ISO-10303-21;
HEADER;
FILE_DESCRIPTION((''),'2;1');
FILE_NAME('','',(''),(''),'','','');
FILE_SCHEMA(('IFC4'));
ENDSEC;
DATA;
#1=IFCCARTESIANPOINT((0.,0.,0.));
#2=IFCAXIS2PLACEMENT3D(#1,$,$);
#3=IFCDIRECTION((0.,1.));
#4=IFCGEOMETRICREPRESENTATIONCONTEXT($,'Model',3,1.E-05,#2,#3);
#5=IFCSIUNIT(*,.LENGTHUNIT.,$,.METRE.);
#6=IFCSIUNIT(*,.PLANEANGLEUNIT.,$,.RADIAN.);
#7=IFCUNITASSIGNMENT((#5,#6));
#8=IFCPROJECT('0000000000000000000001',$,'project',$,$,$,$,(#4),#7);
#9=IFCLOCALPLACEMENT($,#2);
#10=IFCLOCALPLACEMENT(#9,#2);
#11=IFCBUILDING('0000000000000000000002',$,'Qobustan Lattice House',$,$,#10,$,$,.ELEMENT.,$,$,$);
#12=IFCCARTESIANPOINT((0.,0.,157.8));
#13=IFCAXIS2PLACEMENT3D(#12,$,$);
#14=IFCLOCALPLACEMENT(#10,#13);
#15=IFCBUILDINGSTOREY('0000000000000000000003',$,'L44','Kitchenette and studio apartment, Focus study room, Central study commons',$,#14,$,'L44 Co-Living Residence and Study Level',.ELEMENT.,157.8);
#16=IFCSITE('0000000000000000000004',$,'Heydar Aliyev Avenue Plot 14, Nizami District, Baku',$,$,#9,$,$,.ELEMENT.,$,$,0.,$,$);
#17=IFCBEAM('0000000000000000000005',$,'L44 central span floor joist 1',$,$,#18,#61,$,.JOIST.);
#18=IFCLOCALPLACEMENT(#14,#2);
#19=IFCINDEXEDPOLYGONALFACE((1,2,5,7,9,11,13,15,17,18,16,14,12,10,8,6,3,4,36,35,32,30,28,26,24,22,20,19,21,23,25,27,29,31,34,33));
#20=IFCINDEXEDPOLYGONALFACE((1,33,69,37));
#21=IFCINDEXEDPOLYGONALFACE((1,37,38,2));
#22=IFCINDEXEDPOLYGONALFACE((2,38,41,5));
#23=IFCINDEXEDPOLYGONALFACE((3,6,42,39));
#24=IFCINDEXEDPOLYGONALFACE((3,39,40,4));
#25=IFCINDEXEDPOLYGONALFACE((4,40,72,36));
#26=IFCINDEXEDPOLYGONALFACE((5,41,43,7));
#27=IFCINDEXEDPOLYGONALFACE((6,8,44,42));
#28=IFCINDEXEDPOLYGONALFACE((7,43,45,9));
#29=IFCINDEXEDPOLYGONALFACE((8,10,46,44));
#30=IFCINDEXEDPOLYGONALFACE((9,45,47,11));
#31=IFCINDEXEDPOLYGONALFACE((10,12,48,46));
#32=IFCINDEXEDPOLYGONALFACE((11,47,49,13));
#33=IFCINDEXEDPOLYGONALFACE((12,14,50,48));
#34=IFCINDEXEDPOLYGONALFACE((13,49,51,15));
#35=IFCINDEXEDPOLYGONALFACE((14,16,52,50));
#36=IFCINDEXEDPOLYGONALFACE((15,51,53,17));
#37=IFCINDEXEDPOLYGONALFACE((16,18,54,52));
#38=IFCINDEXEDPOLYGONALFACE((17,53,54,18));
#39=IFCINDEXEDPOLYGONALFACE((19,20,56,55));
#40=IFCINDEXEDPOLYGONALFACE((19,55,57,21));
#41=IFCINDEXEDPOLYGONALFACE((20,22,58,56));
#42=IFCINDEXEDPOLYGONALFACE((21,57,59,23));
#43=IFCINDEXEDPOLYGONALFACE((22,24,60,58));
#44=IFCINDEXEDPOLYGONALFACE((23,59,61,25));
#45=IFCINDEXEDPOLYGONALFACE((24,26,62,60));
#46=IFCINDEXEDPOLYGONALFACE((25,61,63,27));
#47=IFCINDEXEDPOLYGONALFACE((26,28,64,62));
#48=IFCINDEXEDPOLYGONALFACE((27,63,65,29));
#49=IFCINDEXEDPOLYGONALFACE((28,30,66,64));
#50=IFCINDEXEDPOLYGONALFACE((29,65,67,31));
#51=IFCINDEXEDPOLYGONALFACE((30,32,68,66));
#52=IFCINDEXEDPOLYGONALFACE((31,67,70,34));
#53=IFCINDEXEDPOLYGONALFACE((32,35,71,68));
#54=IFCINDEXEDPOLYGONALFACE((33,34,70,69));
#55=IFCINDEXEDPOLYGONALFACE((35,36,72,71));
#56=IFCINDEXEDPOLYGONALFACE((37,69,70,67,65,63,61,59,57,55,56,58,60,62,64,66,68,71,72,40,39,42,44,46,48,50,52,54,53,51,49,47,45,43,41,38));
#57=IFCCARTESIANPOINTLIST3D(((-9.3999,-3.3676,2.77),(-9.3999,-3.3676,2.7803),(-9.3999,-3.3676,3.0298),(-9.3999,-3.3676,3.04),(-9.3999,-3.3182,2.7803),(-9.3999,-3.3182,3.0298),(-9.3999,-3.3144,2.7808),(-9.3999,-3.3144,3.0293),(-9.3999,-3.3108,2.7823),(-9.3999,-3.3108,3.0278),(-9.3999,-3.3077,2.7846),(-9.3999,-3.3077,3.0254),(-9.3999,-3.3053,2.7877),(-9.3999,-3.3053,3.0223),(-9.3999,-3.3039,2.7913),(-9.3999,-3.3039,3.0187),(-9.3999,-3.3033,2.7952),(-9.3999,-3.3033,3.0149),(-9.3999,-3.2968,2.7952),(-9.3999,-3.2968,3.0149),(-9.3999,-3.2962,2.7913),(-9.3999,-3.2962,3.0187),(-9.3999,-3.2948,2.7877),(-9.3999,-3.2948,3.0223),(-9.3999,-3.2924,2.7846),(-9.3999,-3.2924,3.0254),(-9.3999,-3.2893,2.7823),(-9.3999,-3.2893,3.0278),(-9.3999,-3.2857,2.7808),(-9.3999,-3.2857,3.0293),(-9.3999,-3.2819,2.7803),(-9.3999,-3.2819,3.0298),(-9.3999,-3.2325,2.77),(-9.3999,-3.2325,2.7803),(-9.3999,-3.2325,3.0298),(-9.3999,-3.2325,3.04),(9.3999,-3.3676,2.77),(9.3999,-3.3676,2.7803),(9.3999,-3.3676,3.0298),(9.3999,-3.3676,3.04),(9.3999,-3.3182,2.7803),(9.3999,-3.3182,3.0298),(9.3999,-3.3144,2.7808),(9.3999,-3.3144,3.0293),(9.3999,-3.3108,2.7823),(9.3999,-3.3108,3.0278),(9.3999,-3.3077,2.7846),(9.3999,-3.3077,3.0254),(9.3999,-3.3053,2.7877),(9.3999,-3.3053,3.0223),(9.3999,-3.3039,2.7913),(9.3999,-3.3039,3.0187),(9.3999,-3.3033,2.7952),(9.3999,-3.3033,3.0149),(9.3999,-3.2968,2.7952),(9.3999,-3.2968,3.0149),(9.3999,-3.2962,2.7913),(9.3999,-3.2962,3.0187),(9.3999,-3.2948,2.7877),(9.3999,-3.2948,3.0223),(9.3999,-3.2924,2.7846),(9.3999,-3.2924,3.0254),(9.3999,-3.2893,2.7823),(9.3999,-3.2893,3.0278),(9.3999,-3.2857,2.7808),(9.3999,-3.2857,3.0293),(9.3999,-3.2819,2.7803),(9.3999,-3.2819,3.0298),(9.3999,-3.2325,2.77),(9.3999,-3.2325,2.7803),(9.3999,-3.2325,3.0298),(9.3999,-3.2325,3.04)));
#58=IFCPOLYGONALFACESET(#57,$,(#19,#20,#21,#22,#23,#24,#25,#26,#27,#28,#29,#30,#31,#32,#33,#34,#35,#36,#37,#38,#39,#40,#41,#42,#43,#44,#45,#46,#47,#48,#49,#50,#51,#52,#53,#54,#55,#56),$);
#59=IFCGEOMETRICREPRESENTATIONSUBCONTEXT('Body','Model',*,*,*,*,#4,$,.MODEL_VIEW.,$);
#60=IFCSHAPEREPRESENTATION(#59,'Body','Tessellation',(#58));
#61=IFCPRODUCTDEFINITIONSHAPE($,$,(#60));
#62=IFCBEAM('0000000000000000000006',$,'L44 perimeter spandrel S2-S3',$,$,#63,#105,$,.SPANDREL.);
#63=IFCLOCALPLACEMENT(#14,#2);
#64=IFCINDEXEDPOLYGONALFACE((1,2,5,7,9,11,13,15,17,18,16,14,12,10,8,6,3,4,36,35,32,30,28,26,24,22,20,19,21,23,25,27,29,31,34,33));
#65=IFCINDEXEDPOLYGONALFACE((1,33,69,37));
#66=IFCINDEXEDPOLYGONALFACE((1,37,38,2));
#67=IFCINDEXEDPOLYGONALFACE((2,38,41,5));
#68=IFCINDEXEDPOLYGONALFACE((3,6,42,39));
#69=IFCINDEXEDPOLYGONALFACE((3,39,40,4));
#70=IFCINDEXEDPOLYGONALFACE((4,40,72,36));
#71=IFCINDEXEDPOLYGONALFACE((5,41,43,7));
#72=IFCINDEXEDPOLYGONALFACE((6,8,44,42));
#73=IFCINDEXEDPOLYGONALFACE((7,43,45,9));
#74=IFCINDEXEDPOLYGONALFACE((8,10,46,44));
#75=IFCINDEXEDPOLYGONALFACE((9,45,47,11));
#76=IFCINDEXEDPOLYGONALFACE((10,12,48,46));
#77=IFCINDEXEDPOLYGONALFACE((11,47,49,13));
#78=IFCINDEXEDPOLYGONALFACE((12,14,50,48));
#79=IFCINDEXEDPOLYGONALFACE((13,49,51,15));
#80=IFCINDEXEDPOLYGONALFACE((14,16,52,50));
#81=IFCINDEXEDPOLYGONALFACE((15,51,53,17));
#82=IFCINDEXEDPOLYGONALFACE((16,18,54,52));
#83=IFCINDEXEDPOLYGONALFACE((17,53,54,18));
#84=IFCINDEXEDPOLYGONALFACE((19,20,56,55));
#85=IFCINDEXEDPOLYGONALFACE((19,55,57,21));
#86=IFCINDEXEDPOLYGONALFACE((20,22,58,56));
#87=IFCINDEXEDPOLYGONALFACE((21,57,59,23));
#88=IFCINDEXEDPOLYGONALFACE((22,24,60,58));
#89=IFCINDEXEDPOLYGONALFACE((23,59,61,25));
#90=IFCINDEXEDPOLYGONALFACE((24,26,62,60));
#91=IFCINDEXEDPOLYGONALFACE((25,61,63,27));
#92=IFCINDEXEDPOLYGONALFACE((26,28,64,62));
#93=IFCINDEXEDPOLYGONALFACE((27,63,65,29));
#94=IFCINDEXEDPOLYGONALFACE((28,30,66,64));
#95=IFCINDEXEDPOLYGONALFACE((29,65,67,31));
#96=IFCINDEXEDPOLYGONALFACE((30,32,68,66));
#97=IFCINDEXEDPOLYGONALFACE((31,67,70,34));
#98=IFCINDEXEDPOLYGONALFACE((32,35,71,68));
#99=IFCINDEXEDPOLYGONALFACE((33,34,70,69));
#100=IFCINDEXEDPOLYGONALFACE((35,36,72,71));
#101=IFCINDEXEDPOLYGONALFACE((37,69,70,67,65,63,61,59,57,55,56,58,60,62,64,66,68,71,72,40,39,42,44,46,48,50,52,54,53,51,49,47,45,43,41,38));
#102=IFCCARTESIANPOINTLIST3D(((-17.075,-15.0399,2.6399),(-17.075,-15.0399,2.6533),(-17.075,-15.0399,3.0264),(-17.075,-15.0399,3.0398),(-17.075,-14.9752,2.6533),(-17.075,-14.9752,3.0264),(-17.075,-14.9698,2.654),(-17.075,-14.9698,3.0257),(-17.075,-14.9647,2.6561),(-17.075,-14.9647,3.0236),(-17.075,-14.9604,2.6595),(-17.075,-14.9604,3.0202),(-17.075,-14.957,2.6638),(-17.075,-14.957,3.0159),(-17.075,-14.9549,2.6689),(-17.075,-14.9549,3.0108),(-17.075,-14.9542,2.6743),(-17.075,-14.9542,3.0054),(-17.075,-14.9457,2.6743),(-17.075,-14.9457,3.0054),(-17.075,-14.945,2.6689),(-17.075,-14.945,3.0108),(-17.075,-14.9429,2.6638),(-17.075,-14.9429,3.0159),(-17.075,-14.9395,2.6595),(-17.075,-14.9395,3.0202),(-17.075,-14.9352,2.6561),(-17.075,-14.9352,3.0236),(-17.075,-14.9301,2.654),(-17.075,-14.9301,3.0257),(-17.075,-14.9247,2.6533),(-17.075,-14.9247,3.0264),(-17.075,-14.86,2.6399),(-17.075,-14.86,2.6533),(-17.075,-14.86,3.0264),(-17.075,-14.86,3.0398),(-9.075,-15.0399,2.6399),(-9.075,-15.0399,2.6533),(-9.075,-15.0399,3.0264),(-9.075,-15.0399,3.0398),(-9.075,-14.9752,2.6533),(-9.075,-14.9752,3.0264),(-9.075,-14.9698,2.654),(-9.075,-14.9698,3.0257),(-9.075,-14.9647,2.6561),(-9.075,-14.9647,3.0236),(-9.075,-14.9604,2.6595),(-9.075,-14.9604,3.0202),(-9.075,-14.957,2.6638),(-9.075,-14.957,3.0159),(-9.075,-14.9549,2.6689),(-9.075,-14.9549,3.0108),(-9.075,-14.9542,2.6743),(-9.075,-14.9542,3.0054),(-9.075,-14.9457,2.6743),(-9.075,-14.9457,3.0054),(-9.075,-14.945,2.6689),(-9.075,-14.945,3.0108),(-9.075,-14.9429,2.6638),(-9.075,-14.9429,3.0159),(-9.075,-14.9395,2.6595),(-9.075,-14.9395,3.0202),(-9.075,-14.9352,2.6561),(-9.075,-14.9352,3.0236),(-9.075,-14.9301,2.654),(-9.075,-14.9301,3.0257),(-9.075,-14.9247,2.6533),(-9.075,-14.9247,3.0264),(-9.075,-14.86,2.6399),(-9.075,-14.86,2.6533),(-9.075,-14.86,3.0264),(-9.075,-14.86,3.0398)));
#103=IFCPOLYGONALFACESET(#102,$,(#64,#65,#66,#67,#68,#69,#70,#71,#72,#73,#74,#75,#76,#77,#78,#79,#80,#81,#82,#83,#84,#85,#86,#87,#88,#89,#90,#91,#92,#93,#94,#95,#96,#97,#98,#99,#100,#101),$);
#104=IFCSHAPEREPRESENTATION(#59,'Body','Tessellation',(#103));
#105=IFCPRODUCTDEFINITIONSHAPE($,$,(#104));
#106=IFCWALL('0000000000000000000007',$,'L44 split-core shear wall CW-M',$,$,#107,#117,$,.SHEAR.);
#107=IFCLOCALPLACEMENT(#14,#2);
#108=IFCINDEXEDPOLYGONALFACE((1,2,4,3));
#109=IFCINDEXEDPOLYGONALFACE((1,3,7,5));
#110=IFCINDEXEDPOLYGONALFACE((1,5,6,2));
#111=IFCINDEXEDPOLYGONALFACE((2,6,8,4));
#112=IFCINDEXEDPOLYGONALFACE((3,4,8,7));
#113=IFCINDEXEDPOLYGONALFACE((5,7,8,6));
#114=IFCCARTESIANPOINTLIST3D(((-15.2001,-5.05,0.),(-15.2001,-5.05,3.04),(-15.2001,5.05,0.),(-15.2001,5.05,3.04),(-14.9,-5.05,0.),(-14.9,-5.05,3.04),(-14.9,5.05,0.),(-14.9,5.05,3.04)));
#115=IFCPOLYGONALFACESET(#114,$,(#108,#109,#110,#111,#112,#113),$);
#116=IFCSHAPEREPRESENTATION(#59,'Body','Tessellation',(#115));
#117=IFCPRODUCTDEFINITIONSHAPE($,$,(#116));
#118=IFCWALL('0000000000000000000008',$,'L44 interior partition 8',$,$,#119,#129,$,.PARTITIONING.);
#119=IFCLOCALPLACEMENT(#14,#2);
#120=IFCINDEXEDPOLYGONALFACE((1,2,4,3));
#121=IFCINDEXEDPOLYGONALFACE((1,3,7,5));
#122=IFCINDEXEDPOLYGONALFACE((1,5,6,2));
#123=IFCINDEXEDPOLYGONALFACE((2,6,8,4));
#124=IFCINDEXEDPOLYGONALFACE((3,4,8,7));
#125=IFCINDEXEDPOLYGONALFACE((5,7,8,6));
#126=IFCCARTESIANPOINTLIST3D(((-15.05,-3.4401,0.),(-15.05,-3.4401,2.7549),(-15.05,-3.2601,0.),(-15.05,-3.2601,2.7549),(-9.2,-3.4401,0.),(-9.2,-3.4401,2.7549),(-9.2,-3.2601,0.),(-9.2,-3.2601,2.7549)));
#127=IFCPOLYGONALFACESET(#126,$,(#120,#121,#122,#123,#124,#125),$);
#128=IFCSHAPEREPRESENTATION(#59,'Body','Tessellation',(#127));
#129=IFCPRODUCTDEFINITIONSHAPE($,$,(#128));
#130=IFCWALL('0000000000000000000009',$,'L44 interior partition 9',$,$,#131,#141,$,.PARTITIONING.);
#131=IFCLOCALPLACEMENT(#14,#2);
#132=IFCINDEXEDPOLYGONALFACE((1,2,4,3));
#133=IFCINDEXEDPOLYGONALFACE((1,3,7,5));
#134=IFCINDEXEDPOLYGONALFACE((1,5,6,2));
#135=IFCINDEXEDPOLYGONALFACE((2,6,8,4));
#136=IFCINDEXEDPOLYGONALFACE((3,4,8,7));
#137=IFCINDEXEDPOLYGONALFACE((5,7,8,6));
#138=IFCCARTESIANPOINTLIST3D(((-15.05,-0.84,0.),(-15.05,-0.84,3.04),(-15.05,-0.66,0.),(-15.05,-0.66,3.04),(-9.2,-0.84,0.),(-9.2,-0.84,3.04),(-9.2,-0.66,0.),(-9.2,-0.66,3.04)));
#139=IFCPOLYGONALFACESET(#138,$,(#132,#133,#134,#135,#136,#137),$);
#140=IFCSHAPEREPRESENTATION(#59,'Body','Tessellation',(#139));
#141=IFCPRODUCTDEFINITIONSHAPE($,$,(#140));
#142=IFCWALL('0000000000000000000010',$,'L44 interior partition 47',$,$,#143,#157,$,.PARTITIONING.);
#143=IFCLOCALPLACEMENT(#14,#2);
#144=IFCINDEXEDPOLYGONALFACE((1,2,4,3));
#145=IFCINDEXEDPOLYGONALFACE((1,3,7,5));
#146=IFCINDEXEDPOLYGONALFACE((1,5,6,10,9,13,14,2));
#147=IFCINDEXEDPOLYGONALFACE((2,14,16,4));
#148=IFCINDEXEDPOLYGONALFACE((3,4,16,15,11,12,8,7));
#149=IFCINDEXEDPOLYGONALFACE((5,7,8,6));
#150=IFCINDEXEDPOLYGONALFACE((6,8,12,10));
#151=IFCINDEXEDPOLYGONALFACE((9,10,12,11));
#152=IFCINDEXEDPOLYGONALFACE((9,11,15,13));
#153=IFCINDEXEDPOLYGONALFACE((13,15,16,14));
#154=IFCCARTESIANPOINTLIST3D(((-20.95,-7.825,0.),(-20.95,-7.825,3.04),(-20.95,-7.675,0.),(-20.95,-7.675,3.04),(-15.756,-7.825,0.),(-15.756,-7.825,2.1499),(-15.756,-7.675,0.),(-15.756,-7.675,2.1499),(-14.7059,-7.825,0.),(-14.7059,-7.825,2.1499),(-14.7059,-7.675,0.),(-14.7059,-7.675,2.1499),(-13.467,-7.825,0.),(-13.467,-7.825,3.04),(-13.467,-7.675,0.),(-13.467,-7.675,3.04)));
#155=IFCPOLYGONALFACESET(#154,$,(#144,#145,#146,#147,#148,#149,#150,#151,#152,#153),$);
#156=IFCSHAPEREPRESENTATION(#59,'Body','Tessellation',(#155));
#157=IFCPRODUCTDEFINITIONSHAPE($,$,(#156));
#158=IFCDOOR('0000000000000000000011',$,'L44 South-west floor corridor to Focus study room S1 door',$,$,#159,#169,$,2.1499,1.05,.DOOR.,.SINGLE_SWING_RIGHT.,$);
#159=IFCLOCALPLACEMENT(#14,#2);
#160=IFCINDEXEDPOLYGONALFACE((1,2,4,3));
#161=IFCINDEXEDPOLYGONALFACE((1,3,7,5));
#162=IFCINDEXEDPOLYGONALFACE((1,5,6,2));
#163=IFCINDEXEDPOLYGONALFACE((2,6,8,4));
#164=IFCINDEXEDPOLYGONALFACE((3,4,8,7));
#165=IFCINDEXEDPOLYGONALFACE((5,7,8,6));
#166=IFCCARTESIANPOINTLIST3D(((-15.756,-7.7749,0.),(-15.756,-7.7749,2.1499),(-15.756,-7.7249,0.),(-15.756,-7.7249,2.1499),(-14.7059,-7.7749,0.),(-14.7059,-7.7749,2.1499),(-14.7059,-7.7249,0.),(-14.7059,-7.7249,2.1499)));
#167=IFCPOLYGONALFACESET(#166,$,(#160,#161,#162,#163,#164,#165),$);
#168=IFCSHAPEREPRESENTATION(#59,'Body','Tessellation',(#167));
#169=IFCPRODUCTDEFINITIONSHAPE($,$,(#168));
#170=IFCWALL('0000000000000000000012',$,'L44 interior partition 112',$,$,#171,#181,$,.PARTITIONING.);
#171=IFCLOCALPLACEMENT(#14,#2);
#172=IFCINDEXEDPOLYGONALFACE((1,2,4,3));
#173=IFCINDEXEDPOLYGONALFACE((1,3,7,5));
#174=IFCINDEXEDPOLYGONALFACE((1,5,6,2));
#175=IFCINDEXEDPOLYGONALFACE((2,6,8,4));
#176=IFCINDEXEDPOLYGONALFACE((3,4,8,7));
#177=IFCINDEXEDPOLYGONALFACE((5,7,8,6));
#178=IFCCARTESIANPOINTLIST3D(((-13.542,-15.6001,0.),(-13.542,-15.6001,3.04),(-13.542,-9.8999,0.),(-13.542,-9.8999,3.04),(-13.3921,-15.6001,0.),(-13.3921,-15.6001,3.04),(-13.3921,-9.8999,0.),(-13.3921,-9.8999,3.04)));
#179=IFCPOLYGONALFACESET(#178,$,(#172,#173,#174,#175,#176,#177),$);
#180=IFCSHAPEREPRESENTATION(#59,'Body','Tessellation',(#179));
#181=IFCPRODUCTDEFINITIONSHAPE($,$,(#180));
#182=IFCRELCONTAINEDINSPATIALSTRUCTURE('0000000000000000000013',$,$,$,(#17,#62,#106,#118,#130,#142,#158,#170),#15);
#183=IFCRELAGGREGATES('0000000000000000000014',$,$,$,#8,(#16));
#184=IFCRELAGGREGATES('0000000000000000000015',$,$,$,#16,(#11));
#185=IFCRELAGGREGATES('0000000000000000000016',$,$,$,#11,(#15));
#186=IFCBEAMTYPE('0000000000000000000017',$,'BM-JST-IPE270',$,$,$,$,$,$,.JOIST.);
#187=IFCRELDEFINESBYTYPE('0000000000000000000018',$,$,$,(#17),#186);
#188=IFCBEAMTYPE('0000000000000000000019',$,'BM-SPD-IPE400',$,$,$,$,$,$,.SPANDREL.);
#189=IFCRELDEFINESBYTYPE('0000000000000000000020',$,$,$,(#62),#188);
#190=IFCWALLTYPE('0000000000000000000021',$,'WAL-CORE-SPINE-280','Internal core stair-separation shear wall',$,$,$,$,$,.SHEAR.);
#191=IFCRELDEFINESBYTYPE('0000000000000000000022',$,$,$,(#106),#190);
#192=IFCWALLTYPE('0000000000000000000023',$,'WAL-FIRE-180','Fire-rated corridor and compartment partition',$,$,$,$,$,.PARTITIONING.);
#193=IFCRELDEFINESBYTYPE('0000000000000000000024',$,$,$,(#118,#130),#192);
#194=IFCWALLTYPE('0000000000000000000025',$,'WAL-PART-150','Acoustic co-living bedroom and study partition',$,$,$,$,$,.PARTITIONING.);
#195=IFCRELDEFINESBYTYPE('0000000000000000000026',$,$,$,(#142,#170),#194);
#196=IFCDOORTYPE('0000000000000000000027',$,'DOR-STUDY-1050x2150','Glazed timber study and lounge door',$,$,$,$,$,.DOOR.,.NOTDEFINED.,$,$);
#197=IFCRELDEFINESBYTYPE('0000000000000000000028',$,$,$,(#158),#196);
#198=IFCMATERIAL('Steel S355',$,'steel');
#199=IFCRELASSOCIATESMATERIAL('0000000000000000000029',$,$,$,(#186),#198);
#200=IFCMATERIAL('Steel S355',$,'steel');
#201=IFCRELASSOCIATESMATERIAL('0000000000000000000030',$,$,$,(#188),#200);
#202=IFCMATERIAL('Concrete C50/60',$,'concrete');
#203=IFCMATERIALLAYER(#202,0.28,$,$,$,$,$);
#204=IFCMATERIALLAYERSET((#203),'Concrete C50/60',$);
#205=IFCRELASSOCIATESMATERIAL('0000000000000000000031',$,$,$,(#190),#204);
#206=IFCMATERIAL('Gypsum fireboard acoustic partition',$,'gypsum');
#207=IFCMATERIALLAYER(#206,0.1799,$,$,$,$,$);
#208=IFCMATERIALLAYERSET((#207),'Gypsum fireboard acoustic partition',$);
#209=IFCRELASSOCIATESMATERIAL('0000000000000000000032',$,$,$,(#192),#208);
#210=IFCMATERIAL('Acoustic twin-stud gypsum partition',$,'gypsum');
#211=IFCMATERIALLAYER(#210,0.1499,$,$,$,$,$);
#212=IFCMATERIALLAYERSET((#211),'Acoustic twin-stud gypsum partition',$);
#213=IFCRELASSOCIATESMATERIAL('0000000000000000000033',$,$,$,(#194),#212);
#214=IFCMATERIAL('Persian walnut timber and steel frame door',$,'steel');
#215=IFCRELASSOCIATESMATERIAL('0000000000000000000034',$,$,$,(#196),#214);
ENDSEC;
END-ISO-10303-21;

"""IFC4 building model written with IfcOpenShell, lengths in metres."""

from ifc_helpers import new_model, si_unit, direction, frame, frame_2d, origin, origin_2d, place, context, subcontext, project, spatial, rectangle, i_section, extrude, material, layer, layer_set, material_profile, profile_set, type_object, element, fill, save


model = new_model("IFC4")

# Units and contexts
model_context = context("Model", 3, precision=1e-05, world=origin(), true_north=direction((0.0, 1.0)))
body_context = subcontext(model_context, "Body", "Model", "MODEL_VIEW")
ifc_project = project(units=[si_unit("LENGTHUNIT", "METRE"), si_unit("PLANEANGLEUNIT", "RADIAN")], contexts=[model_context])

# Site, building, storey
site_placement = place(None, origin())
site = spatial("IfcSite", under=ifc_project, at=site_placement, Name="Heydar Aliyev Avenue Plot 14, Nizami District, Baku", CompositionType="ELEMENT", RefElevation=0.0)
building_placement = place(site_placement, origin())
building = spatial("IfcBuilding", under=site, at=building_placement, Name="Qobustan Lattice House", CompositionType="ELEMENT")
storey_placement = place(building_placement, frame((0.0, 0.0, 157.8)))
storey = spatial("IfcBuildingStorey", under=building, at=storey_placement, Name="L44", Description="Kitchenette and studio apartment, Focus study room, Central study commons", LongName="L44 Co-Living Residence and Study Level", CompositionType="ELEMENT", Elevation=157.8)

# Beams
ifc_material_1 = material(Name="Steel S355", Category="steel")
ifc_material_profile_1 = material_profile(ifc_material_1, i_section(OverallWidth=0.135, OverallDepth=0.27, WebThickness=0.0066, FlangeThickness=0.0103, FilletRadius=0.0149, at=origin_2d()), Name="IPE270")
ifc_profile_set_1 = profile_set([ifc_material_profile_1], Name="Steel S355")
beam_type_1 = type_object("IfcBeamType", Name="BM-JST-IPE270", PredefinedType="JOIST", material=ifc_profile_set_1)
beam_1_placement = place(storey_placement, frame((-9.3999, -3.3, 2.905), z_axis=(1.0, 0.0, 0.0), x_axis=(0.0, 1.0, 0.0)))
element("IfcBeam", 1, at=beam_1_placement, inside=storey, type_object=beam_type_1, Name="L44 central span floor joist 1", PredefinedType="JOIST", context=body_context, shape_type="SweptSolid", body=[
    extrude(i_section(OverallWidth=0.135, OverallDepth=0.27, WebThickness=0.0066, FlangeThickness=0.0103, FilletRadius=0.0149, at=origin_2d()), origin(), (0.0, 0.0, 1.0), 18.7998),
])
ifc_material_2 = material(Name="Steel S355", Category="steel")
ifc_material_profile_2 = material_profile(ifc_material_2, i_section(OverallWidth=0.1799, OverallDepth=0.3999, WebThickness=0.0085, FlangeThickness=0.0134, FilletRadius=0.021, at=origin_2d()), Name="IPE400")
ifc_profile_set_2 = profile_set([ifc_material_profile_2], Name="Steel S355")
beam_type_2 = type_object("IfcBeamType", Name="BM-SPD-IPE400", PredefinedType="SPANDREL", material=ifc_profile_set_2)
beam_2_placement = place(storey_placement, frame((-17.075, -14.95, 2.8398), z_axis=(1.0, 0.0, 0.0), x_axis=(0.0, 1.0, 0.0)))
element("IfcBeam", 2, at=beam_2_placement, inside=storey, type_object=beam_type_2, Name="L44 perimeter spandrel S2-S3", PredefinedType="SPANDREL", context=body_context, shape_type="SweptSolid", body=[
    extrude(i_section(OverallWidth=0.1799, OverallDepth=0.3999, WebThickness=0.0085, FlangeThickness=0.0134, FilletRadius=0.021, at=origin_2d()), origin(), (0.0, 0.0, 1.0), 8.0),
])

# Walls
ifc_material_3 = material(Name="Concrete C50/60", Category="concrete")
ifc_layer_1 = layer(ifc_material_3, 0.28)
ifc_layer_set_1 = layer_set([ifc_layer_1], Name="Concrete C50/60")
wall_type_1 = type_object("IfcWallType", Name="WAL-CORE-SPINE-280", Description="Internal core stair-separation shear wall", PredefinedType="SHEAR", material=ifc_layer_set_1)
wall_1_placement = place(storey_placement, frame((-15.05, -5.05, 0.0), z_axis=(0.0, 0.0, 1.0), x_axis=(0.0, 1.0, 0.0)))
element("IfcWall", 3, at=wall_1_placement, inside=storey, type_object=wall_type_1, Name="L44 split-core shear wall CW-M", PredefinedType="SHEAR", context=body_context, shape_type="SweptSolid", body=[
    extrude(rectangle(XDim=10.1001, YDim=0.3, at=frame_2d((5.05, 0.0))), origin(), (0.0, 0.0, 1.0), 3.04),
])
ifc_material_4 = material(Name="Gypsum fireboard acoustic partition", Category="gypsum")
ifc_layer_2 = layer(ifc_material_4, 0.1799)
ifc_layer_set_2 = layer_set([ifc_layer_2], Name="Gypsum fireboard acoustic partition")
wall_type_2 = type_object("IfcWallType", Name="WAL-FIRE-180", Description="Fire-rated corridor and compartment partition", PredefinedType="PARTITIONING", material=ifc_layer_set_2)
wall_2_placement = place(storey_placement, frame((-15.05, -3.3501, 0.0), z_axis=(0.0, 0.0, 1.0), x_axis=(1.0, 0.0, 0.0)))
element("IfcWall", 4, at=wall_2_placement, inside=storey, type_object=wall_type_2, Name="L44 interior partition 8", PredefinedType="PARTITIONING", context=body_context, shape_type="SweptSolid", body=[
    extrude(rectangle(XDim=5.8501, YDim=0.1799, at=frame_2d((2.925, 0.0))), origin(), (0.0, 0.0, 1.0), 2.7549),
])
wall_3_placement = place(storey_placement, frame((-9.2, -0.75, 0.0), z_axis=(0.0, 0.0, 1.0), x_axis=(-1.0, 0.0, 0.0)))
element("IfcWall", 5, at=wall_3_placement, inside=storey, type_object=wall_type_2, Name="L44 interior partition 9", PredefinedType="PARTITIONING", context=body_context, shape_type="SweptSolid", body=[
    extrude(rectangle(XDim=5.8501, YDim=0.1799, at=frame_2d((2.925, 0.0))), origin(), (0.0, 0.0, 1.0), 3.04),
])

# Wall, opening, door
ifc_material_5 = material(Name="Acoustic twin-stud gypsum partition", Category="gypsum")
ifc_layer_3 = layer(ifc_material_5, 0.1499)
ifc_layer_set_3 = layer_set([ifc_layer_3], Name="Acoustic twin-stud gypsum partition")
wall_type_3 = type_object("IfcWallType", Name="WAL-PART-150", Description="Acoustic co-living bedroom and study partition", PredefinedType="PARTITIONING", material=ifc_layer_set_3)
wall_4_placement = place(storey_placement, frame((-13.467, -7.75, 0.0), z_axis=(0.0, 0.0, 1.0), x_axis=(-1.0, 0.0, 0.0)))
wall_4 = element("IfcWall", 6, at=wall_4_placement, inside=storey, type_object=wall_type_3, Name="L44 interior partition 47", PredefinedType="PARTITIONING", context=body_context, shape_type="SweptSolid", body=[
    extrude(rectangle(XDim=7.4829, YDim=0.1499, at=frame_2d((3.7415, 0.0))), origin(), (0.0, 0.0, 1.0), 3.04),
])
opening_1_placement = place(wall_4_placement, frame((1.239, 0.0, 0.0)))
opening_1 = element("IfcOpeningElement", 7, at=opening_1_placement, cuts=wall_4, PredefinedType="OPENING", context=body_context, shape_type="SweptSolid", body=[
    extrude(rectangle(XDim=1.05, YDim=2.1499, at=frame_2d((0.5249, 1.075))), frame((0.0, 0.085, 0.0), z_axis=(0.0, -1.0, 0.0), x_axis=(1.0, 0.0, 0.0)), (0.0, 0.0, 1.0), 0.1699),
])
ifc_material_6 = material(Name="Persian walnut timber and steel frame door", Category="steel")
door_type_1 = type_object("IfcDoorType", Name="DOR-STUDY-1050x2150", Description="Glazed timber study and lounge door", OperationType="NOTDEFINED", PredefinedType="DOOR", material=ifc_material_6)
door_1_placement = place(opening_1_placement, origin())
door_1 = element("IfcDoor", 8, at=door_1_placement, inside=storey, type_object=door_type_1, Name="L44 South-west floor corridor to Focus study room S1 door", OperationType="SINGLE_SWING_RIGHT", OverallHeight=2.1499, OverallWidth=1.05, PredefinedType="DOOR", context=body_context, shape_type="SweptSolid", body=[
    extrude(rectangle(XDim=1.05, YDim=2.1499, at=frame_2d((0.5249, 1.075))), frame((0.0, 0.0249, 0.0), z_axis=(0.0, -1.0, 0.0), x_axis=(1.0, 0.0, 0.0)), (0.0, 0.0, 1.0), 0.05),
])
fill(opening_1, door_1)

# Wall
wall_5_placement = place(storey_placement, frame((-13.467, -9.8999, 0.0), z_axis=(0.0, 0.0, 1.0), x_axis=(0.0, -1.0, 0.0)))
element("IfcWall", 9, at=wall_5_placement, inside=storey, type_object=wall_type_3, Name="L44 interior partition 112", PredefinedType="PARTITIONING", context=body_context, shape_type="SweptSolid", body=[
    extrude(rectangle(XDim=5.7002, YDim=0.1499, at=frame_2d((2.8501, 0.0))), origin(), (0.0, 0.0, 1.0), 3.04),
])

save(model, "model.ifc")
